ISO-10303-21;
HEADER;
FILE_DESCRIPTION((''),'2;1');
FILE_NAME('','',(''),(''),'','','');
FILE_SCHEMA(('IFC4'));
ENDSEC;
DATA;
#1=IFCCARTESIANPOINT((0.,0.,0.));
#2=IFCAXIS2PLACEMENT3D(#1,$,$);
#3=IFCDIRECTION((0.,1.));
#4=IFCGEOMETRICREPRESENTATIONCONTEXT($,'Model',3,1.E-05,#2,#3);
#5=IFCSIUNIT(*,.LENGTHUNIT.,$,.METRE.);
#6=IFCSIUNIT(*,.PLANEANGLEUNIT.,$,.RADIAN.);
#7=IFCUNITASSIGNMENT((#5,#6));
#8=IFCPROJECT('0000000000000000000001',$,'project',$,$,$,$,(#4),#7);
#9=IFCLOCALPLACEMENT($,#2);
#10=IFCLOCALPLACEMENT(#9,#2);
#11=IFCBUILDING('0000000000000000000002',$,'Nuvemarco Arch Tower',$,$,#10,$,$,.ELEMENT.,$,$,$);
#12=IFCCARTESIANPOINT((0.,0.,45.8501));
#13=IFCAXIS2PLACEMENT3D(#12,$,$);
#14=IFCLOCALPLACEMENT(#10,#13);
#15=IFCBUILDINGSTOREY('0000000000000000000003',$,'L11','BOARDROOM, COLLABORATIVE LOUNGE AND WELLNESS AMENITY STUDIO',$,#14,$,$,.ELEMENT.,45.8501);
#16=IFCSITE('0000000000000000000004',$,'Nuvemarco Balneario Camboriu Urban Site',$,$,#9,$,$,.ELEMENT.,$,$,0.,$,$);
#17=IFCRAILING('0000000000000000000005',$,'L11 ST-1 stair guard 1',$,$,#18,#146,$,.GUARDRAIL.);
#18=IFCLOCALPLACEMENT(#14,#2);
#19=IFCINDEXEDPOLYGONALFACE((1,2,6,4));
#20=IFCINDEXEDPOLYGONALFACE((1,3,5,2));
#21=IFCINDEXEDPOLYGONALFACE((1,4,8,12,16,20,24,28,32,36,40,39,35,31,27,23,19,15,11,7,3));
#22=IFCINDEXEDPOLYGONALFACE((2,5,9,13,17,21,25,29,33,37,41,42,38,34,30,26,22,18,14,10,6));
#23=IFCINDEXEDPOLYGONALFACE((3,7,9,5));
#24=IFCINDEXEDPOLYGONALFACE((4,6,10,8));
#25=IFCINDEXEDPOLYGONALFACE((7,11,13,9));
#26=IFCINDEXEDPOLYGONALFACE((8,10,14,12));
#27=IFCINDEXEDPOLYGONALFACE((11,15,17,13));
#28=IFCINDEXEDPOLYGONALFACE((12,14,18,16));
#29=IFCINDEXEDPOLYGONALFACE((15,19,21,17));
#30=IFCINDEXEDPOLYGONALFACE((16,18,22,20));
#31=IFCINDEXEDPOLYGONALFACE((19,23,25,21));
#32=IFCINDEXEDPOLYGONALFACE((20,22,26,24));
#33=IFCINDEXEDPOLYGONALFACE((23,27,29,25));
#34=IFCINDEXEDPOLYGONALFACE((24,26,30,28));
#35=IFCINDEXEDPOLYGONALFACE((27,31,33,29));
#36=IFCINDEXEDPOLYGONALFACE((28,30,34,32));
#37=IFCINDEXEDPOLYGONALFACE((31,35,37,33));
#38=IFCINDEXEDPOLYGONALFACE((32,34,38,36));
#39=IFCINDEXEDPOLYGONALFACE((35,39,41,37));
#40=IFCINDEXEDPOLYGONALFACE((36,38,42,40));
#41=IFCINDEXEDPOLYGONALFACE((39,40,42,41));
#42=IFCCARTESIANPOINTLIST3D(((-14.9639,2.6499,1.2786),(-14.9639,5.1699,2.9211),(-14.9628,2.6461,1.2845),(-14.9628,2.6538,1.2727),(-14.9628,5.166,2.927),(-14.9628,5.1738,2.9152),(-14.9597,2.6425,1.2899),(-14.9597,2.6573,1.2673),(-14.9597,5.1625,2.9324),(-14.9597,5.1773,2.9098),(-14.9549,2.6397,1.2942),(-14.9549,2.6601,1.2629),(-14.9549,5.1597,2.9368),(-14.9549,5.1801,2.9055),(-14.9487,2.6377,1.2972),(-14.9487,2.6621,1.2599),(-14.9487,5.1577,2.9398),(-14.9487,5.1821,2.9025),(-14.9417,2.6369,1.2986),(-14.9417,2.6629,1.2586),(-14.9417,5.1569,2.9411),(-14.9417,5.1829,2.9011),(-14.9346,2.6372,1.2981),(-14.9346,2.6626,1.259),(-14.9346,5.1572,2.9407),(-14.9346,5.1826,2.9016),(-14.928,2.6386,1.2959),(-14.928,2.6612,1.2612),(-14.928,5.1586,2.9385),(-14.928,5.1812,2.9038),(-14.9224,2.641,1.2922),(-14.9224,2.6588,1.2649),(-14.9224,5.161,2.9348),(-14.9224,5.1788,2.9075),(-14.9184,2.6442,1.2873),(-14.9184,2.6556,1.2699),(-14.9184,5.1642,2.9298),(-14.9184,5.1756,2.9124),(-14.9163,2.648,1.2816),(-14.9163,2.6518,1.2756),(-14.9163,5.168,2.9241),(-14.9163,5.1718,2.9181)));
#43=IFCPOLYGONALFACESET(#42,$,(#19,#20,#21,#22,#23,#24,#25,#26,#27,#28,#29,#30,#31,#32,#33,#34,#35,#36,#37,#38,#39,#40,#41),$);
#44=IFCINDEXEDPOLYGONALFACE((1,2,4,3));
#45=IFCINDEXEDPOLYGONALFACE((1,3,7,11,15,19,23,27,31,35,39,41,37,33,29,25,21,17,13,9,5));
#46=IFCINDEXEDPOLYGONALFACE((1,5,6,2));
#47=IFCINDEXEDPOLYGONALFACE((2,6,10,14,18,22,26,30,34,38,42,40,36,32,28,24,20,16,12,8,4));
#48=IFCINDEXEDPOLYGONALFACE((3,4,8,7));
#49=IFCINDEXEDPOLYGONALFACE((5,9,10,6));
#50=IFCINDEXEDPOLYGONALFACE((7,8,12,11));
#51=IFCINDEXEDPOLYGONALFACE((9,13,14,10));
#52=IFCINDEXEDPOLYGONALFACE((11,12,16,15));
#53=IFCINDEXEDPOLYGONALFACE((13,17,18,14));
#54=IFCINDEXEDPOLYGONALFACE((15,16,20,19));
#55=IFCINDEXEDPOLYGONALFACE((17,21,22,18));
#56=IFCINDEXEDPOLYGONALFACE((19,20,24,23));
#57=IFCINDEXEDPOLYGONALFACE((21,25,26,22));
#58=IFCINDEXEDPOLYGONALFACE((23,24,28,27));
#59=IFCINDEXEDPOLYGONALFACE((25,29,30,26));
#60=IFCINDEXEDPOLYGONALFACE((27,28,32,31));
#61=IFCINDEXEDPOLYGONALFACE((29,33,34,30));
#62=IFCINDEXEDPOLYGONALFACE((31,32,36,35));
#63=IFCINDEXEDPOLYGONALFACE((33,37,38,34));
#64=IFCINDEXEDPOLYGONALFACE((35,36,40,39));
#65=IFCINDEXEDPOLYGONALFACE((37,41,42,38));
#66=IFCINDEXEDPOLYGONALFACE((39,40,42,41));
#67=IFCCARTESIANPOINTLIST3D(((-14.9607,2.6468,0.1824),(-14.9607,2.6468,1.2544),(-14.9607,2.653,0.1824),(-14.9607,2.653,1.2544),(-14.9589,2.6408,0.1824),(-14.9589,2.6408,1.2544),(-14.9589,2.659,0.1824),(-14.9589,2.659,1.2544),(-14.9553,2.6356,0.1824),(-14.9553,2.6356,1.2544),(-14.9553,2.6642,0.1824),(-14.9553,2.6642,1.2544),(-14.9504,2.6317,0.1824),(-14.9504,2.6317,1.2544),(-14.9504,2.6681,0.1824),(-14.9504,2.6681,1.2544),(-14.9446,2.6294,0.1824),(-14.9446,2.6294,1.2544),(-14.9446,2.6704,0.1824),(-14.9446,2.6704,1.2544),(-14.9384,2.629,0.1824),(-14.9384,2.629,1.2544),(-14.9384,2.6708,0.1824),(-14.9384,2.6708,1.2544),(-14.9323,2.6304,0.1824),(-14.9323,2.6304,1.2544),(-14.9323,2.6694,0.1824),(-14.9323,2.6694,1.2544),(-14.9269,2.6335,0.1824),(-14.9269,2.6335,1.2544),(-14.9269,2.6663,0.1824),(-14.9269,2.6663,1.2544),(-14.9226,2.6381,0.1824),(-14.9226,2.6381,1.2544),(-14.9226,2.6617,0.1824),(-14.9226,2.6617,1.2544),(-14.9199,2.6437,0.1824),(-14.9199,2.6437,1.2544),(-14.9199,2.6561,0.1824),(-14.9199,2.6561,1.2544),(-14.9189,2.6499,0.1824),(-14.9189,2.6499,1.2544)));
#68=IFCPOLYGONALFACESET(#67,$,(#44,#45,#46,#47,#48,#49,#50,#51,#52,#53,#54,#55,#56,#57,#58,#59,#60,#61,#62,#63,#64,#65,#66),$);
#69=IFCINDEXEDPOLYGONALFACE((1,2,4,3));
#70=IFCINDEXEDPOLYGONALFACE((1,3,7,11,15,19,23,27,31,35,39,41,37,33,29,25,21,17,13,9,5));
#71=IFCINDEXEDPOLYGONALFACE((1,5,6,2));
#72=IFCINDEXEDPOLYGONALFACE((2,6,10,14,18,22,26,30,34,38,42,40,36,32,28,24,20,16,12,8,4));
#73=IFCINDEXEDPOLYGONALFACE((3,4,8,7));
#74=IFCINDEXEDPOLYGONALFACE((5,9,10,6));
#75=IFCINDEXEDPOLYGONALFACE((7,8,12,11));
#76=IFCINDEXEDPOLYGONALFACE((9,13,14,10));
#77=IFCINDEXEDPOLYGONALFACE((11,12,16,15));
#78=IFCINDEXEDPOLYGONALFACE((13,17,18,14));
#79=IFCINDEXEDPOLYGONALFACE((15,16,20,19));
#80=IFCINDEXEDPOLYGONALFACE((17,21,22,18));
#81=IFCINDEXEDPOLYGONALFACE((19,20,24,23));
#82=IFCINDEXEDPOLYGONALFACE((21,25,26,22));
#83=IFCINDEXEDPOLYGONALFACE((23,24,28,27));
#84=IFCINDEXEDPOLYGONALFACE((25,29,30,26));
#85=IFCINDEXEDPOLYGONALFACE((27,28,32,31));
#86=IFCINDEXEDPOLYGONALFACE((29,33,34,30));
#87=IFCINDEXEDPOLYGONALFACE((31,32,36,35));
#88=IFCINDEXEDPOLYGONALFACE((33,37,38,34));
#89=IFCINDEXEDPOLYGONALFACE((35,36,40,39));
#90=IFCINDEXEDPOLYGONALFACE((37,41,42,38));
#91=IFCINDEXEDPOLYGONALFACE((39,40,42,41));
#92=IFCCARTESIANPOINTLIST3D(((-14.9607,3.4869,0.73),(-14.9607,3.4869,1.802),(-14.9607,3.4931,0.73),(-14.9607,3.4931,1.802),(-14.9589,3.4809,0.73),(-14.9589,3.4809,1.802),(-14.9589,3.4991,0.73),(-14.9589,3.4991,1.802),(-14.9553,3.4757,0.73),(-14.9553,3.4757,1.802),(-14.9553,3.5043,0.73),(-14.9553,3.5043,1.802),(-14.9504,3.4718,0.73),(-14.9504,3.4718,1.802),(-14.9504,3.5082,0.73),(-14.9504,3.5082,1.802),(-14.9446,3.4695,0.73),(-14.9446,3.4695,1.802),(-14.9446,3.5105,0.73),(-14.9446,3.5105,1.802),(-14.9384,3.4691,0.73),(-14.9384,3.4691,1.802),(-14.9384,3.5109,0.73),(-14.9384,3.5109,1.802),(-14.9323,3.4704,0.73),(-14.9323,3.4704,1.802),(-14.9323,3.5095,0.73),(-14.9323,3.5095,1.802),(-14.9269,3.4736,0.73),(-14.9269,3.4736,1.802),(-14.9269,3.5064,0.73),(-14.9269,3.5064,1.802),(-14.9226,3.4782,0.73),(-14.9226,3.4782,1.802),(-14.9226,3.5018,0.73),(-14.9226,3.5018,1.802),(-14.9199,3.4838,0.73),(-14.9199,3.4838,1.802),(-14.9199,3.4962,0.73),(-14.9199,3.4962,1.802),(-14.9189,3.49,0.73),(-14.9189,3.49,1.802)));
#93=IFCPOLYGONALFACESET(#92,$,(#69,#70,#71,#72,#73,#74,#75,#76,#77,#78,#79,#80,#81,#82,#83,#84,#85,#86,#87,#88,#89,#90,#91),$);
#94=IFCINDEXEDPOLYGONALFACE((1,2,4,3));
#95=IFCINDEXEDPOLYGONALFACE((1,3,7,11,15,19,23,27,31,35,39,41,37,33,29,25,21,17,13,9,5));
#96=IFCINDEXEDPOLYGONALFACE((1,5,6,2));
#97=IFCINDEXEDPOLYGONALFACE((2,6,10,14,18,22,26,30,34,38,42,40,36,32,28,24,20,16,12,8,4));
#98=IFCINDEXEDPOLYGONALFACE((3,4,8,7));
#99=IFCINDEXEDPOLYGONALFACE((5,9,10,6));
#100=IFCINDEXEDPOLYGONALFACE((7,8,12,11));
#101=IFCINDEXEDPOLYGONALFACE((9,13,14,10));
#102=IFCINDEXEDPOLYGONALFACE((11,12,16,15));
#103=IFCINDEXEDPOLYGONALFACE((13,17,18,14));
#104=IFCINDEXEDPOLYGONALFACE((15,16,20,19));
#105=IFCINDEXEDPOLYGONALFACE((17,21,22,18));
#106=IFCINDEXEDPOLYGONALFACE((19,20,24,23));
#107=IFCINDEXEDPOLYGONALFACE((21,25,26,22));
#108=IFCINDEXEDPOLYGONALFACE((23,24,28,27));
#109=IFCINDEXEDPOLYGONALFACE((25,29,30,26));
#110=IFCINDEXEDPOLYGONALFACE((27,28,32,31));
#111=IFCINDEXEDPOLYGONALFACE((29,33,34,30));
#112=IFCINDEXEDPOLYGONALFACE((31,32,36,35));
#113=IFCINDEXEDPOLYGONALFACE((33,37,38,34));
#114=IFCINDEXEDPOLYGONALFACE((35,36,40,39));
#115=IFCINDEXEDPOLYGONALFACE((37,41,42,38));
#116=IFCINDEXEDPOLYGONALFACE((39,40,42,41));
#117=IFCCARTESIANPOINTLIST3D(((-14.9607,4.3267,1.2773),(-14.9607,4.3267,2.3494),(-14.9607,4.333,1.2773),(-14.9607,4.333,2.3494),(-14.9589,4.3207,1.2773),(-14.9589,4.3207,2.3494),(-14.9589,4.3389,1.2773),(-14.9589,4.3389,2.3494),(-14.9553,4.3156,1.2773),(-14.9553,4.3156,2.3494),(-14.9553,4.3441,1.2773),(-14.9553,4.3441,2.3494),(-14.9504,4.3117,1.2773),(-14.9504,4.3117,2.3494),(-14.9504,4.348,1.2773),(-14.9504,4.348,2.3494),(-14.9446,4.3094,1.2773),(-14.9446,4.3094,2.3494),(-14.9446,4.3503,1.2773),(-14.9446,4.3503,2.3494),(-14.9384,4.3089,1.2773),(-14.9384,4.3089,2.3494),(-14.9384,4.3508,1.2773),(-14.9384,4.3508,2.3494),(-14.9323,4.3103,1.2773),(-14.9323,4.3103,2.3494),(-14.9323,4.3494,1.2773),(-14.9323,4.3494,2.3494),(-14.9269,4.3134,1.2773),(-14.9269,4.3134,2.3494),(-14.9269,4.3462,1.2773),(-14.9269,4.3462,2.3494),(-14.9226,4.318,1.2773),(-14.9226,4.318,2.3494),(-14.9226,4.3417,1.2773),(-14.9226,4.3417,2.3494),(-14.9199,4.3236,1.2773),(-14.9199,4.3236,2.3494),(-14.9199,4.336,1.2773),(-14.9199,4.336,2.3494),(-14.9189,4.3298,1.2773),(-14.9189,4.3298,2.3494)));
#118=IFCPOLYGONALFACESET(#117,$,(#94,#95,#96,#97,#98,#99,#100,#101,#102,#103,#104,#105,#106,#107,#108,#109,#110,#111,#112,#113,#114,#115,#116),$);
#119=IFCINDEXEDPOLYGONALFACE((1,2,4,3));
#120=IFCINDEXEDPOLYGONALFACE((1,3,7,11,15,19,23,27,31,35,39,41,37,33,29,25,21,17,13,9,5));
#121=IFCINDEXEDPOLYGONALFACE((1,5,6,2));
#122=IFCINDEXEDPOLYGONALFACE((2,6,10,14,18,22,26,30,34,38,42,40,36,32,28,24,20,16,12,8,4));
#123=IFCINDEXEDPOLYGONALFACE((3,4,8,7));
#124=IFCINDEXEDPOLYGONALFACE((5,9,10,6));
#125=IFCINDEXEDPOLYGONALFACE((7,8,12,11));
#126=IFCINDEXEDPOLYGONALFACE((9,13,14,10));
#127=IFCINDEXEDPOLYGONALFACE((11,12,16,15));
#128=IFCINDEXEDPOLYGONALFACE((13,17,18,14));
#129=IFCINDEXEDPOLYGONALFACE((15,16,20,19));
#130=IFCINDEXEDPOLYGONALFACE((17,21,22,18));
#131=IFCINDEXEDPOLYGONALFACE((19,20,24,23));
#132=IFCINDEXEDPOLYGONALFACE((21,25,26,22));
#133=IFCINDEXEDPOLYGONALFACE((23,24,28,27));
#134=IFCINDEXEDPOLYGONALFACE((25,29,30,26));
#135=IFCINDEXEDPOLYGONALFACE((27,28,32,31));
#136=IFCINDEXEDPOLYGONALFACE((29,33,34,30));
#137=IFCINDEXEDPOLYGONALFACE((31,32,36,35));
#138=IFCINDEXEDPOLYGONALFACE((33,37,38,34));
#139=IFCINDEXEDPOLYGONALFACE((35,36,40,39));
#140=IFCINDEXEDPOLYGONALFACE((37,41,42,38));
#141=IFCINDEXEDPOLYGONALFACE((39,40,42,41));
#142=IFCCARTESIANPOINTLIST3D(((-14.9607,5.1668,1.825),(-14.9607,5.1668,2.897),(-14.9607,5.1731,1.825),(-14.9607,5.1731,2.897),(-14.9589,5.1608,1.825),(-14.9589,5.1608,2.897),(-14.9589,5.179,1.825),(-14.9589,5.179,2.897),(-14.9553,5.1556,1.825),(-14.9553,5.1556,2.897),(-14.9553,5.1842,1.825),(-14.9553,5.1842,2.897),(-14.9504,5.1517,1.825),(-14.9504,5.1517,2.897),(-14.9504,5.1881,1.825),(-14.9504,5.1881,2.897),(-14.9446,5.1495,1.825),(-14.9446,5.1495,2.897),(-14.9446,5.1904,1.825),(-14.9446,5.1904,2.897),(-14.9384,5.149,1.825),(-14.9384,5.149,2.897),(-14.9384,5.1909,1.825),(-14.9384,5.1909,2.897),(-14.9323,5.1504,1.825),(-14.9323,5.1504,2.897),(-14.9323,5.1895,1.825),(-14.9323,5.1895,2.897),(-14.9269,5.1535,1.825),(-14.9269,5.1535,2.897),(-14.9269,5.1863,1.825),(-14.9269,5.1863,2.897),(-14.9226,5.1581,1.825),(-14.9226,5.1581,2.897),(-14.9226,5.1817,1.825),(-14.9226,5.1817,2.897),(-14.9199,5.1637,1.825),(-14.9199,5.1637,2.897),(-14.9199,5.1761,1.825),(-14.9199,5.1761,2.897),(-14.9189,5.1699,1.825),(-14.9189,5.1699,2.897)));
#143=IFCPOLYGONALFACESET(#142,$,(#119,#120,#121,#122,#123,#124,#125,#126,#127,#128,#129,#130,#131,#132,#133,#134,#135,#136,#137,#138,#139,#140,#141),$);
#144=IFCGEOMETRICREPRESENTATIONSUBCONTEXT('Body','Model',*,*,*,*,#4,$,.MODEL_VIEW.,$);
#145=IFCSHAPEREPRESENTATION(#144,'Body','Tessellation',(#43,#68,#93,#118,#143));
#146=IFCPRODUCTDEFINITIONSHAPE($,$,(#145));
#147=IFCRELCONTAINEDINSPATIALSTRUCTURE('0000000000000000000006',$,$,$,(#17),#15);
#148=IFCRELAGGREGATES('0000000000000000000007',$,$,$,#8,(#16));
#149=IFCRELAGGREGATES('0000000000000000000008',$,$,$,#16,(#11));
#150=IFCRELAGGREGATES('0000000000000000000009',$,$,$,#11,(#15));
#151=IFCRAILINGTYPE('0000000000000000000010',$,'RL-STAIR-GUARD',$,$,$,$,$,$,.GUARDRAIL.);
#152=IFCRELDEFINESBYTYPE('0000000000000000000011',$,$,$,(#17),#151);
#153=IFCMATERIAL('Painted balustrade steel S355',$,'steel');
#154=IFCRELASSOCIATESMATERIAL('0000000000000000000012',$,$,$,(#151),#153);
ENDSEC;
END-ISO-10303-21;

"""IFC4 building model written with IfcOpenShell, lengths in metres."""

from ifc_helpers import new_model, si_unit, direction, frame, origin, origin_2d, place, context, subcontext, project, spatial, circle, extrude, material, type_object, element, save


model = new_model("IFC4")

# Units and contexts
model_context = context("Model", 3, precision=1e-05, world=origin(), true_north=direction((0.0, 1.0)))
body_context = subcontext(model_context, "Body", "Model", "MODEL_VIEW")
ifc_project = project(units=[si_unit("LENGTHUNIT", "METRE"), si_unit("PLANEANGLEUNIT", "RADIAN")], contexts=[model_context])

# Site, building, storey
site_placement = place(None, origin())
site = spatial("IfcSite", under=ifc_project, at=site_placement, Name="Nuvemarco Balneario Camboriu Urban Site", CompositionType="ELEMENT", RefElevation=0.0)
building_placement = place(site_placement, origin())
building = spatial("IfcBuilding", under=site, at=building_placement, Name="Nuvemarco Arch Tower", CompositionType="ELEMENT")
storey_placement = place(building_placement, frame((0.0, 0.0, 45.8501)))
storey = spatial("IfcBuildingStorey", under=building, at=storey_placement, Name="L11", Description="BOARDROOM, COLLABORATIVE LOUNGE AND WELLNESS AMENITY STUDIO", CompositionType="ELEMENT", Elevation=45.8501)

# Railing
ifc_material_1 = material(Name="Painted balustrade steel S355", Category="steel")
railing_type_1 = type_object("IfcRailingType", Name="RL-STAIR-GUARD", PredefinedType="GUARDRAIL", material=ifc_material_1)
railing_1_placement = place(storey_placement, frame((-14.9399, 2.6499, 0.1824)))
element("IfcRailing", 1, at=railing_1_placement, inside=storey, type_object=railing_type_1, Name="L11 ST-1 stair guard 1", PredefinedType="GUARDRAIL", context=body_context, shape_type="SweptSolid", body=[
    extrude(circle(Radius=0.0239, at=origin_2d()), frame((0.0, 0.0, 1.0962), z_axis=(0.0, 0.837749, 0.546055), x_axis=(-1.0, 0.0, 0.0)), (0.0, 0.0, 1.0), 3.0081),
    extrude(circle(Radius=0.021, at=origin_2d()), origin(), (0.0, 0.0, 1.0), 1.072),
    extrude(circle(Radius=0.021, at=origin_2d()), frame((0.0, 0.8401, 0.5476)), (0.0, 0.0, 1.0), 1.072),
    extrude(circle(Radius=0.021, at=origin_2d()), frame((0.0, 1.6799, 1.095)), (0.0, 0.0, 1.0), 1.072),
    extrude(circle(Radius=0.021, at=origin_2d()), frame((0.0, 2.52, 1.6426)), (0.0, 0.0, 1.0), 1.072),
])

save(model, "model.ifc")
